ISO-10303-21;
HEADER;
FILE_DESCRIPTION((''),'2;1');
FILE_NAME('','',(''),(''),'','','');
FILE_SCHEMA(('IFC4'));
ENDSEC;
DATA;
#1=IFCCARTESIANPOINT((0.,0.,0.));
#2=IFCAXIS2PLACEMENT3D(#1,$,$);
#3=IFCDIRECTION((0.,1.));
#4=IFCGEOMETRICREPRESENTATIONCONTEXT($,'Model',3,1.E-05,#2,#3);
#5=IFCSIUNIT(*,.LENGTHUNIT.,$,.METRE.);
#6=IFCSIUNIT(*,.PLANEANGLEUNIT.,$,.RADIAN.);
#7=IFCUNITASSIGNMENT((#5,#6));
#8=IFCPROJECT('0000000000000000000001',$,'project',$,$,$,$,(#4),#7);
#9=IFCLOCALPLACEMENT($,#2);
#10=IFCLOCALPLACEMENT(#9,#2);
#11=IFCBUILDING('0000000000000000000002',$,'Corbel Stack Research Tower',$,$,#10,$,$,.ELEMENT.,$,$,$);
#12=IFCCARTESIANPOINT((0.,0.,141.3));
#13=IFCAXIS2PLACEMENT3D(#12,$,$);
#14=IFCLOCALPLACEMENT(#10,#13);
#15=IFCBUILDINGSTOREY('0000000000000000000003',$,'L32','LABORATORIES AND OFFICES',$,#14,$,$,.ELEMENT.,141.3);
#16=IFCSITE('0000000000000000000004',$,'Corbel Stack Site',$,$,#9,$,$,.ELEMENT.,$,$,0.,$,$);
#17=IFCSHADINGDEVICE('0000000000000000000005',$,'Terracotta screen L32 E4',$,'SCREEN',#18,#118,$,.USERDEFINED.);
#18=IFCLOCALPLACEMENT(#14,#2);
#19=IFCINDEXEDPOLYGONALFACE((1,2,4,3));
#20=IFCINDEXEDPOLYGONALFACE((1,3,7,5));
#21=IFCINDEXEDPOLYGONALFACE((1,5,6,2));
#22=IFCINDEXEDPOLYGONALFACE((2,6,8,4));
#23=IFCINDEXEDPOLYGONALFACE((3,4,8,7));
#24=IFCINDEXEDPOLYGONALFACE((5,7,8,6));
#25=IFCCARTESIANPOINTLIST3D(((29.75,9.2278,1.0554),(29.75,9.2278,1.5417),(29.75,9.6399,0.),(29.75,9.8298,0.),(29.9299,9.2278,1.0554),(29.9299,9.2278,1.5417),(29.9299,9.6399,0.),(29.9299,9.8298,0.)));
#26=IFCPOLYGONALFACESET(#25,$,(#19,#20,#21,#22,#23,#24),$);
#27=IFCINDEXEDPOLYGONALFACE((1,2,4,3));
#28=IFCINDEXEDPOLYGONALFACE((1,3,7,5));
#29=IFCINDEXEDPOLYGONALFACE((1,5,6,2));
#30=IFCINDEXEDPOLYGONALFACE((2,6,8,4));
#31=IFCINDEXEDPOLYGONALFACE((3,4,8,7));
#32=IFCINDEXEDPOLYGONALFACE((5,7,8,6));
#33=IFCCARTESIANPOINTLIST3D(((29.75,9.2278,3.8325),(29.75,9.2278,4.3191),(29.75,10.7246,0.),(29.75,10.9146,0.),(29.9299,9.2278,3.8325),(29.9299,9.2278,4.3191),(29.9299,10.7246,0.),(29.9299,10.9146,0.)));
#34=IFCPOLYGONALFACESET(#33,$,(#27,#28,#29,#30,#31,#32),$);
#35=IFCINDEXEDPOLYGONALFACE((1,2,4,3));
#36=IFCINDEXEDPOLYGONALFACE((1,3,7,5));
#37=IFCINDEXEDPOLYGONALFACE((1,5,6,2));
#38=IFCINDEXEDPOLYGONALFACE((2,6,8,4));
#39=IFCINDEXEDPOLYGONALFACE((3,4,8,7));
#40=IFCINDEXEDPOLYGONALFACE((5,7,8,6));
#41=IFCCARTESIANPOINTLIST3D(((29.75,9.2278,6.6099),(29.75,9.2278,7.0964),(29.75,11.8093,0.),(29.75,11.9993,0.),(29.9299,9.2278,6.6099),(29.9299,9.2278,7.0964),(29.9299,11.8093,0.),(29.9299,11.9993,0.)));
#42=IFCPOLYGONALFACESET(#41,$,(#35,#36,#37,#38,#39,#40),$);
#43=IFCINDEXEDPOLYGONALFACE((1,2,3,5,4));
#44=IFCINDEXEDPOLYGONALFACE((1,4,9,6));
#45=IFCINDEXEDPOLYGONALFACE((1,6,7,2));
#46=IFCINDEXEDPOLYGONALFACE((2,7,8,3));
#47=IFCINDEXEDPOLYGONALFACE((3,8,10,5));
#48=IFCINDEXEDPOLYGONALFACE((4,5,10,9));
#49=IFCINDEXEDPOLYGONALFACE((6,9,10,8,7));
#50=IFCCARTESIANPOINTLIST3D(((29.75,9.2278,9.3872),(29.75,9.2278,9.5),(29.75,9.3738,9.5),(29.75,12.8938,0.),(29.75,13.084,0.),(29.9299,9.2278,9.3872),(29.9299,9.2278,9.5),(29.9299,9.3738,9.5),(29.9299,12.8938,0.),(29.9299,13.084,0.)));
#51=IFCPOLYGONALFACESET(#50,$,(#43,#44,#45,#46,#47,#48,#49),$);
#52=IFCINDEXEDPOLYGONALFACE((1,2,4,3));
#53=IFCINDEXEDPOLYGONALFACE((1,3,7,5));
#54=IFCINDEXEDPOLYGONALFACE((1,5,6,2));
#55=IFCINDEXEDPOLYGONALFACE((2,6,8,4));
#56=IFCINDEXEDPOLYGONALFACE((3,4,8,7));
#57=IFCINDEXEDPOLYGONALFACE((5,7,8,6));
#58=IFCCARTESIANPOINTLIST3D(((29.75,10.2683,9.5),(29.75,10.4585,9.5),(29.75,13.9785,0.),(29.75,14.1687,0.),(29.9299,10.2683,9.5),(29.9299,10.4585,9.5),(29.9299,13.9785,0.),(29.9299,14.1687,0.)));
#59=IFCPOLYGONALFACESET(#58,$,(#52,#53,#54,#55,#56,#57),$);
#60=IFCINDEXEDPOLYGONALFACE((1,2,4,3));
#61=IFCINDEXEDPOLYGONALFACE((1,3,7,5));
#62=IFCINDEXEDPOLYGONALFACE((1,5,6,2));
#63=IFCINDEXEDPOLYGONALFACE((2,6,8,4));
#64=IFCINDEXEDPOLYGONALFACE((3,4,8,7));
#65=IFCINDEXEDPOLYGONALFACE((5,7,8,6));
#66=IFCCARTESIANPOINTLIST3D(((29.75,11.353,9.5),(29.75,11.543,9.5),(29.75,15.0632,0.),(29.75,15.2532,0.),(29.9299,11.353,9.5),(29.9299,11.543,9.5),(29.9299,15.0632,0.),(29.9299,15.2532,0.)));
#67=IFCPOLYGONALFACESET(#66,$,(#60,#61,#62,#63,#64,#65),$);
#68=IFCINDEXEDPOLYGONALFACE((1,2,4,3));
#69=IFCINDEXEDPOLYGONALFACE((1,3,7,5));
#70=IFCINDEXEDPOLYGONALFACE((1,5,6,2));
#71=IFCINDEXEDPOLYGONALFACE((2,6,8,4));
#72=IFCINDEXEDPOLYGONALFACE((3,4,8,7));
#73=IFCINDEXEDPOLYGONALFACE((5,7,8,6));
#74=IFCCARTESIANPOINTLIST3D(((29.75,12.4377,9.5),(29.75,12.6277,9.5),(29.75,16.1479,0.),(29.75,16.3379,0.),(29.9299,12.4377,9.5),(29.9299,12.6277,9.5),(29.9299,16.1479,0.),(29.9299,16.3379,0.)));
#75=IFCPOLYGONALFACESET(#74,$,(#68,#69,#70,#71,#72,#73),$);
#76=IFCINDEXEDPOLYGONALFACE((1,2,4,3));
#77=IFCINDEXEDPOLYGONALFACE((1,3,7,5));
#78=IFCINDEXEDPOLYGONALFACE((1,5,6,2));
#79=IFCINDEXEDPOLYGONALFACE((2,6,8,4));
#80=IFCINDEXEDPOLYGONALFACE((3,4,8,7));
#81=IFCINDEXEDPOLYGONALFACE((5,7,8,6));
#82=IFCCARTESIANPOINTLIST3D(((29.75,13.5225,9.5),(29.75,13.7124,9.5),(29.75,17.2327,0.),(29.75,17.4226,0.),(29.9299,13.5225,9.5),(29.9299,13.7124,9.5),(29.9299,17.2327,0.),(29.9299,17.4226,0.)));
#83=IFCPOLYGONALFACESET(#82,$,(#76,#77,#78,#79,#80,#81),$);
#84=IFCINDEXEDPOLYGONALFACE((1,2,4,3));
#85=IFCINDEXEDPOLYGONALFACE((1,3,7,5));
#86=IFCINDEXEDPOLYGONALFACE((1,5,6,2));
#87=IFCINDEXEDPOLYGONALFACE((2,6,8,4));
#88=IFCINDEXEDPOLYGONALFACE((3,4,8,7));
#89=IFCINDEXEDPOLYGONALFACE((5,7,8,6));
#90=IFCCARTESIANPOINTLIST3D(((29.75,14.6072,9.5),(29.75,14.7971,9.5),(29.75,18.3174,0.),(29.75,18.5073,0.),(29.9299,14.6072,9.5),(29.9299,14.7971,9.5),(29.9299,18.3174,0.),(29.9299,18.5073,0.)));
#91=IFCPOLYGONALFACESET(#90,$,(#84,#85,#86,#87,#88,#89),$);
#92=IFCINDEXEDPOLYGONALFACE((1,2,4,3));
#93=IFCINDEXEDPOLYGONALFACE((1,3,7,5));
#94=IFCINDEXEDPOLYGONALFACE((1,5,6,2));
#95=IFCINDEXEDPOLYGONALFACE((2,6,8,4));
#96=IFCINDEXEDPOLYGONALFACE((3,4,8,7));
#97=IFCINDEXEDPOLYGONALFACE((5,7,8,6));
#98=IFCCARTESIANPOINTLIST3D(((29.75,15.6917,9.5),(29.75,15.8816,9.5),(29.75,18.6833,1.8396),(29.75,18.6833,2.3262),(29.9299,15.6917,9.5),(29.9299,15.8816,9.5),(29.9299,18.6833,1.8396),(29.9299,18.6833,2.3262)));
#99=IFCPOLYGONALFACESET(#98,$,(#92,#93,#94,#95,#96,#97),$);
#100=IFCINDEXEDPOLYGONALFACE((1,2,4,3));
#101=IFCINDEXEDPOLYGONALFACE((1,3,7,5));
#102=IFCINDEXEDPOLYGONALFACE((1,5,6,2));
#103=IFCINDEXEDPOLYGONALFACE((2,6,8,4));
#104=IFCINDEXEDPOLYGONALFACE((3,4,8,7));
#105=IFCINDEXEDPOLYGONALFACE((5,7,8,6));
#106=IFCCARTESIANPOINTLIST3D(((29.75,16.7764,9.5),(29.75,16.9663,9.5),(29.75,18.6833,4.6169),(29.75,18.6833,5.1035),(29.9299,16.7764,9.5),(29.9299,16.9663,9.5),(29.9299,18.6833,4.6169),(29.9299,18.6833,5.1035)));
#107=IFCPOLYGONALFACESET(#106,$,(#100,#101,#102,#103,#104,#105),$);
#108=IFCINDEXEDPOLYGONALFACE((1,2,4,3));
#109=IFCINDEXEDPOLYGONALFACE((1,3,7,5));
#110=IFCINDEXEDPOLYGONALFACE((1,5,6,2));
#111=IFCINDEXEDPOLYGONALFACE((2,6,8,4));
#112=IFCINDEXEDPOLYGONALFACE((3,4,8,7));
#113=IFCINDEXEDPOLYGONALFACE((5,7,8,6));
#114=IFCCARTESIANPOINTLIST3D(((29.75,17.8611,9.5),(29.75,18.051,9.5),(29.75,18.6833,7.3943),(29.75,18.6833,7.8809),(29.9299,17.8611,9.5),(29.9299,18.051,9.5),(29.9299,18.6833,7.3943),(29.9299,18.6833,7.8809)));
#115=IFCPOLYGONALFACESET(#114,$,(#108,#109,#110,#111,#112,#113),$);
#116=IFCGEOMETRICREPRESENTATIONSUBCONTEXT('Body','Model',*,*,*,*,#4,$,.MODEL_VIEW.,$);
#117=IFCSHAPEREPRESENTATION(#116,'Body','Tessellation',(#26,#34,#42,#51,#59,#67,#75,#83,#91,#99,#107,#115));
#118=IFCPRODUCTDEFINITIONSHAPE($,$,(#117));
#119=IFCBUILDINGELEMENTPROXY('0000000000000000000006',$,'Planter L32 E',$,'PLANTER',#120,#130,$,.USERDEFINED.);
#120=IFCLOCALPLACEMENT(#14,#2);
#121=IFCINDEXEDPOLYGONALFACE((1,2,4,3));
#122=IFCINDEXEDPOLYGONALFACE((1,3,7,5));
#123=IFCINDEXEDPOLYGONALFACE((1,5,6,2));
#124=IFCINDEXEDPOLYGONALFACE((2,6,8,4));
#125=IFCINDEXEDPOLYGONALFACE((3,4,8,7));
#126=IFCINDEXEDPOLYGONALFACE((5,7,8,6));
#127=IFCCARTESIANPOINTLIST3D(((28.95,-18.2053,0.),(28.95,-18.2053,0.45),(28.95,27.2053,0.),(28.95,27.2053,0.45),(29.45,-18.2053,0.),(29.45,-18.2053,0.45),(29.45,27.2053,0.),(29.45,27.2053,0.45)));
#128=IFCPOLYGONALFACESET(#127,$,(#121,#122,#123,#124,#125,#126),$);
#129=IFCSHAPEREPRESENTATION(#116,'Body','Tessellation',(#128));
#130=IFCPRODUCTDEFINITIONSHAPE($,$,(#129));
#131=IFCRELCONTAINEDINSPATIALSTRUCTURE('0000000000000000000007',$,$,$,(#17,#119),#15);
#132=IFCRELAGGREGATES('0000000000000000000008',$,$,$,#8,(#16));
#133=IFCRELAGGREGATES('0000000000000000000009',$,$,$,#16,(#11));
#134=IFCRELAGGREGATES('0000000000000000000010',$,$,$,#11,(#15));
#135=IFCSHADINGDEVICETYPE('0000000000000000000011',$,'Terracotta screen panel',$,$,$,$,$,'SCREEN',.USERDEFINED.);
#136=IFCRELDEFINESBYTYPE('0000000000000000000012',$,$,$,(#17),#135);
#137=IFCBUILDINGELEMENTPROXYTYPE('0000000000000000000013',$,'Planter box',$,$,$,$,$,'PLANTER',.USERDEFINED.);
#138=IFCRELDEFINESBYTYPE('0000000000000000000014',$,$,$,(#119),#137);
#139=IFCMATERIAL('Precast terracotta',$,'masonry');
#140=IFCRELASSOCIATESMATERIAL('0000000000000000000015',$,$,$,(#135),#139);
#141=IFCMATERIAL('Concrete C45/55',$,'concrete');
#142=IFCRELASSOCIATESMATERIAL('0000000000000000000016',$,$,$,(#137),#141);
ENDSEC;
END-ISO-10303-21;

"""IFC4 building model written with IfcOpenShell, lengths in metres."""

from ifc_helpers import new_model, si_unit, direction, frame, origin, origin_2d, place, context, subcontext, project, spatial, polyline, rectangle, outline, extrude, source, transform, mapped, material, type_object, element, save


model = new_model("IFC4")

# Units and contexts
model_context = context("Model", 3, precision=1e-05, world=origin(), true_north=direction((0.0, 1.0)))
body_context = subcontext(model_context, "Body", "Model", "MODEL_VIEW")
ifc_project = project(units=[si_unit("LENGTHUNIT", "METRE"), si_unit("PLANEANGLEUNIT", "RADIAN")], contexts=[model_context])

# Site, building, storey
site_placement = place(None, origin())
site = spatial("IfcSite", under=ifc_project, at=site_placement, Name="Corbel Stack Site", CompositionType="ELEMENT", RefElevation=0.0)
building_placement = place(site_placement, origin())
building = spatial("IfcBuilding", under=site, at=building_placement, Name="Corbel Stack Research Tower", CompositionType="ELEMENT")
storey_placement = place(building_placement, frame((0.0, 0.0, 141.3)))
storey = spatial("IfcBuildingStorey", under=building, at=storey_placement, Name="L32", Description="LABORATORIES AND OFFICES", CompositionType="ELEMENT", Elevation=141.3)

# Shading device
ifc_material_1 = material(Name="Precast terracotta", Category="masonry")
shading_device_type = type_object("IfcShadingDeviceType", Name="Terracotta screen panel", ElementType="SCREEN", PredefinedType="USERDEFINED", material=ifc_material_1)
shared_shape = source(origin(), body_context, "Body", "SweptSolid", [
    extrude(outline(polyline([(0.6021, 0.0), (0.0, 1.5417), (0.0, 1.0554), (0.4121, 0.0), (0.6021, 0.0)])), frame((0.0, 0.0, 0.0), z_axis=(0.0, -1.0, 0.0), x_axis=(1.0, 0.0, 0.0)), (0.0, 0.0, 1.0), 0.1799),
    extrude(outline(polyline([(1.6868, 0.0), (0.0, 4.3191), (0.0, 3.8325), (1.4968, 0.0), (1.6868, 0.0)])), frame((0.0, 0.0, 0.0), z_axis=(0.0, -1.0, 0.0), x_axis=(1.0, 0.0, 0.0)), (0.0, 0.0, 1.0), 0.1799),
    extrude(outline(polyline([(2.7715, 0.0), (0.0, 7.0964), (0.0, 6.6099), (2.5815, 0.0), (2.7715, 0.0)])), frame((0.0, 0.0, 0.0), z_axis=(0.0, -1.0, 0.0), x_axis=(1.0, 0.0, 0.0)), (0.0, 0.0, 1.0), 0.1799),
    extrude(outline(polyline([(3.8562, 0.0), (0.146, 9.5), (0.0, 9.5), (0.0, 9.3872), (3.666, 0.0), (3.8562, 0.0)])), frame((0.0, 0.0, 0.0), z_axis=(0.0, -1.0, 0.0), x_axis=(1.0, 0.0, 0.0)), (0.0, 0.0, 1.0), 0.1799),
    extrude(outline(polyline([(4.9409, 0.0), (1.2307, 9.5), (1.0405, 9.5), (4.7507, 0.0), (4.9409, 0.0)])), frame((0.0, 0.0, 0.0), z_axis=(0.0, -1.0, 0.0), x_axis=(1.0, 0.0, 0.0)), (0.0, 0.0, 1.0), 0.1799),
    extrude(outline(polyline([(6.0254, 0.0), (2.3152, 9.5), (2.1252, 9.5), (5.8354, 0.0), (6.0254, 0.0)])), frame((0.0, 0.0, 0.0), z_axis=(0.0, -1.0, 0.0), x_axis=(1.0, 0.0, 0.0)), (0.0, 0.0, 1.0), 0.1799),
    extrude(outline(polyline([(7.1101, 0.0), (3.3999, 9.5), (3.21, 9.5), (6.9202, 0.0), (7.1101, 0.0)])), frame((0.0, 0.0, 0.0), z_axis=(0.0, -1.0, 0.0), x_axis=(1.0, 0.0, 0.0)), (0.0, 0.0, 1.0), 0.1799),
    extrude(outline(polyline([(8.1948, 0.0), (4.4846, 9.5), (4.2947, 9.5), (8.0049, 0.0), (8.1948, 0.0)])), frame((0.0, 0.0, 0.0), z_axis=(0.0, -1.0, 0.0), x_axis=(1.0, 0.0, 0.0)), (0.0, 0.0, 1.0), 0.1799),
    extrude(outline(polyline([(9.2795, 0.0), (5.5693, 9.5), (5.3794, 9.5), (9.0896, 0.0), (9.2795, 0.0)])), frame((0.0, 0.0, 0.0), z_axis=(0.0, -1.0, 0.0), x_axis=(1.0, 0.0, 0.0)), (0.0, 0.0, 1.0), 0.1799),
    extrude(outline(polyline([(6.6538, 9.5), (6.4639, 9.5), (9.4556, 1.8396), (9.4556, 2.3262), (6.6538, 9.5)])), frame((0.0, 0.0, 0.0), z_axis=(0.0, -1.0, 0.0), x_axis=(1.0, 0.0, 0.0)), (0.0, 0.0, 1.0), 0.1799),
    extrude(outline(polyline([(7.7385, 9.5), (7.5486, 9.5), (9.4556, 4.6169), (9.4556, 5.1035), (7.7385, 9.5)])), frame((0.0, 0.0, 0.0), z_axis=(0.0, -1.0, 0.0), x_axis=(1.0, 0.0, 0.0)), (0.0, 0.0, 1.0), 0.1799),
    extrude(outline(polyline([(8.8232, 9.5), (8.6333, 9.5), (9.4556, 7.3943), (9.4556, 7.8809), (8.8232, 9.5)])), frame((0.0, 0.0, 0.0), z_axis=(0.0, -1.0, 0.0), x_axis=(1.0, 0.0, 0.0)), (0.0, 0.0, 1.0), 0.1799),
])
shading_device_placement = place(storey_placement, frame((29.75, 9.2278, 0.0), z_axis=(0.0, 0.0, 1.0), x_axis=(0.0, 1.0, 0.0)))
element("IfcShadingDevice", 1, at=shading_device_placement, inside=storey, type_object=shading_device_type, Name="Terracotta screen L32 E4", ObjectType="SCREEN", PredefinedType="USERDEFINED", context=body_context, shape_type="MappedRepresentation", body=[
    mapped(shared_shape, transform((0.0, 0.0, 0.0))),
])

# Building element proxy
ifc_material_2 = material(Name="Concrete C45/55", Category="concrete")
building_element_proxy_type = type_object("IfcBuildingElementProxyType", Name="Planter box", ElementType="PLANTER", PredefinedType="USERDEFINED", material=ifc_material_2)
proxy_placement = place(storey_placement, frame((29.2, 4.5, 0.0), z_axis=(0.0, 0.0, 1.0), x_axis=(0.0, 1.0, 0.0)))
element("IfcBuildingElementProxy", 2, at=proxy_placement, inside=storey, type_object=building_element_proxy_type, Name="Planter L32 E", ObjectType="PLANTER", PredefinedType="USERDEFINED", context=body_context, shape_type="SweptSolid", body=[
    extrude(rectangle(XDim=45.4106, YDim=0.5, at=origin_2d()), origin(), (0.0, 0.0, 1.0), 0.45),
])

save(model, "model.ifc")
